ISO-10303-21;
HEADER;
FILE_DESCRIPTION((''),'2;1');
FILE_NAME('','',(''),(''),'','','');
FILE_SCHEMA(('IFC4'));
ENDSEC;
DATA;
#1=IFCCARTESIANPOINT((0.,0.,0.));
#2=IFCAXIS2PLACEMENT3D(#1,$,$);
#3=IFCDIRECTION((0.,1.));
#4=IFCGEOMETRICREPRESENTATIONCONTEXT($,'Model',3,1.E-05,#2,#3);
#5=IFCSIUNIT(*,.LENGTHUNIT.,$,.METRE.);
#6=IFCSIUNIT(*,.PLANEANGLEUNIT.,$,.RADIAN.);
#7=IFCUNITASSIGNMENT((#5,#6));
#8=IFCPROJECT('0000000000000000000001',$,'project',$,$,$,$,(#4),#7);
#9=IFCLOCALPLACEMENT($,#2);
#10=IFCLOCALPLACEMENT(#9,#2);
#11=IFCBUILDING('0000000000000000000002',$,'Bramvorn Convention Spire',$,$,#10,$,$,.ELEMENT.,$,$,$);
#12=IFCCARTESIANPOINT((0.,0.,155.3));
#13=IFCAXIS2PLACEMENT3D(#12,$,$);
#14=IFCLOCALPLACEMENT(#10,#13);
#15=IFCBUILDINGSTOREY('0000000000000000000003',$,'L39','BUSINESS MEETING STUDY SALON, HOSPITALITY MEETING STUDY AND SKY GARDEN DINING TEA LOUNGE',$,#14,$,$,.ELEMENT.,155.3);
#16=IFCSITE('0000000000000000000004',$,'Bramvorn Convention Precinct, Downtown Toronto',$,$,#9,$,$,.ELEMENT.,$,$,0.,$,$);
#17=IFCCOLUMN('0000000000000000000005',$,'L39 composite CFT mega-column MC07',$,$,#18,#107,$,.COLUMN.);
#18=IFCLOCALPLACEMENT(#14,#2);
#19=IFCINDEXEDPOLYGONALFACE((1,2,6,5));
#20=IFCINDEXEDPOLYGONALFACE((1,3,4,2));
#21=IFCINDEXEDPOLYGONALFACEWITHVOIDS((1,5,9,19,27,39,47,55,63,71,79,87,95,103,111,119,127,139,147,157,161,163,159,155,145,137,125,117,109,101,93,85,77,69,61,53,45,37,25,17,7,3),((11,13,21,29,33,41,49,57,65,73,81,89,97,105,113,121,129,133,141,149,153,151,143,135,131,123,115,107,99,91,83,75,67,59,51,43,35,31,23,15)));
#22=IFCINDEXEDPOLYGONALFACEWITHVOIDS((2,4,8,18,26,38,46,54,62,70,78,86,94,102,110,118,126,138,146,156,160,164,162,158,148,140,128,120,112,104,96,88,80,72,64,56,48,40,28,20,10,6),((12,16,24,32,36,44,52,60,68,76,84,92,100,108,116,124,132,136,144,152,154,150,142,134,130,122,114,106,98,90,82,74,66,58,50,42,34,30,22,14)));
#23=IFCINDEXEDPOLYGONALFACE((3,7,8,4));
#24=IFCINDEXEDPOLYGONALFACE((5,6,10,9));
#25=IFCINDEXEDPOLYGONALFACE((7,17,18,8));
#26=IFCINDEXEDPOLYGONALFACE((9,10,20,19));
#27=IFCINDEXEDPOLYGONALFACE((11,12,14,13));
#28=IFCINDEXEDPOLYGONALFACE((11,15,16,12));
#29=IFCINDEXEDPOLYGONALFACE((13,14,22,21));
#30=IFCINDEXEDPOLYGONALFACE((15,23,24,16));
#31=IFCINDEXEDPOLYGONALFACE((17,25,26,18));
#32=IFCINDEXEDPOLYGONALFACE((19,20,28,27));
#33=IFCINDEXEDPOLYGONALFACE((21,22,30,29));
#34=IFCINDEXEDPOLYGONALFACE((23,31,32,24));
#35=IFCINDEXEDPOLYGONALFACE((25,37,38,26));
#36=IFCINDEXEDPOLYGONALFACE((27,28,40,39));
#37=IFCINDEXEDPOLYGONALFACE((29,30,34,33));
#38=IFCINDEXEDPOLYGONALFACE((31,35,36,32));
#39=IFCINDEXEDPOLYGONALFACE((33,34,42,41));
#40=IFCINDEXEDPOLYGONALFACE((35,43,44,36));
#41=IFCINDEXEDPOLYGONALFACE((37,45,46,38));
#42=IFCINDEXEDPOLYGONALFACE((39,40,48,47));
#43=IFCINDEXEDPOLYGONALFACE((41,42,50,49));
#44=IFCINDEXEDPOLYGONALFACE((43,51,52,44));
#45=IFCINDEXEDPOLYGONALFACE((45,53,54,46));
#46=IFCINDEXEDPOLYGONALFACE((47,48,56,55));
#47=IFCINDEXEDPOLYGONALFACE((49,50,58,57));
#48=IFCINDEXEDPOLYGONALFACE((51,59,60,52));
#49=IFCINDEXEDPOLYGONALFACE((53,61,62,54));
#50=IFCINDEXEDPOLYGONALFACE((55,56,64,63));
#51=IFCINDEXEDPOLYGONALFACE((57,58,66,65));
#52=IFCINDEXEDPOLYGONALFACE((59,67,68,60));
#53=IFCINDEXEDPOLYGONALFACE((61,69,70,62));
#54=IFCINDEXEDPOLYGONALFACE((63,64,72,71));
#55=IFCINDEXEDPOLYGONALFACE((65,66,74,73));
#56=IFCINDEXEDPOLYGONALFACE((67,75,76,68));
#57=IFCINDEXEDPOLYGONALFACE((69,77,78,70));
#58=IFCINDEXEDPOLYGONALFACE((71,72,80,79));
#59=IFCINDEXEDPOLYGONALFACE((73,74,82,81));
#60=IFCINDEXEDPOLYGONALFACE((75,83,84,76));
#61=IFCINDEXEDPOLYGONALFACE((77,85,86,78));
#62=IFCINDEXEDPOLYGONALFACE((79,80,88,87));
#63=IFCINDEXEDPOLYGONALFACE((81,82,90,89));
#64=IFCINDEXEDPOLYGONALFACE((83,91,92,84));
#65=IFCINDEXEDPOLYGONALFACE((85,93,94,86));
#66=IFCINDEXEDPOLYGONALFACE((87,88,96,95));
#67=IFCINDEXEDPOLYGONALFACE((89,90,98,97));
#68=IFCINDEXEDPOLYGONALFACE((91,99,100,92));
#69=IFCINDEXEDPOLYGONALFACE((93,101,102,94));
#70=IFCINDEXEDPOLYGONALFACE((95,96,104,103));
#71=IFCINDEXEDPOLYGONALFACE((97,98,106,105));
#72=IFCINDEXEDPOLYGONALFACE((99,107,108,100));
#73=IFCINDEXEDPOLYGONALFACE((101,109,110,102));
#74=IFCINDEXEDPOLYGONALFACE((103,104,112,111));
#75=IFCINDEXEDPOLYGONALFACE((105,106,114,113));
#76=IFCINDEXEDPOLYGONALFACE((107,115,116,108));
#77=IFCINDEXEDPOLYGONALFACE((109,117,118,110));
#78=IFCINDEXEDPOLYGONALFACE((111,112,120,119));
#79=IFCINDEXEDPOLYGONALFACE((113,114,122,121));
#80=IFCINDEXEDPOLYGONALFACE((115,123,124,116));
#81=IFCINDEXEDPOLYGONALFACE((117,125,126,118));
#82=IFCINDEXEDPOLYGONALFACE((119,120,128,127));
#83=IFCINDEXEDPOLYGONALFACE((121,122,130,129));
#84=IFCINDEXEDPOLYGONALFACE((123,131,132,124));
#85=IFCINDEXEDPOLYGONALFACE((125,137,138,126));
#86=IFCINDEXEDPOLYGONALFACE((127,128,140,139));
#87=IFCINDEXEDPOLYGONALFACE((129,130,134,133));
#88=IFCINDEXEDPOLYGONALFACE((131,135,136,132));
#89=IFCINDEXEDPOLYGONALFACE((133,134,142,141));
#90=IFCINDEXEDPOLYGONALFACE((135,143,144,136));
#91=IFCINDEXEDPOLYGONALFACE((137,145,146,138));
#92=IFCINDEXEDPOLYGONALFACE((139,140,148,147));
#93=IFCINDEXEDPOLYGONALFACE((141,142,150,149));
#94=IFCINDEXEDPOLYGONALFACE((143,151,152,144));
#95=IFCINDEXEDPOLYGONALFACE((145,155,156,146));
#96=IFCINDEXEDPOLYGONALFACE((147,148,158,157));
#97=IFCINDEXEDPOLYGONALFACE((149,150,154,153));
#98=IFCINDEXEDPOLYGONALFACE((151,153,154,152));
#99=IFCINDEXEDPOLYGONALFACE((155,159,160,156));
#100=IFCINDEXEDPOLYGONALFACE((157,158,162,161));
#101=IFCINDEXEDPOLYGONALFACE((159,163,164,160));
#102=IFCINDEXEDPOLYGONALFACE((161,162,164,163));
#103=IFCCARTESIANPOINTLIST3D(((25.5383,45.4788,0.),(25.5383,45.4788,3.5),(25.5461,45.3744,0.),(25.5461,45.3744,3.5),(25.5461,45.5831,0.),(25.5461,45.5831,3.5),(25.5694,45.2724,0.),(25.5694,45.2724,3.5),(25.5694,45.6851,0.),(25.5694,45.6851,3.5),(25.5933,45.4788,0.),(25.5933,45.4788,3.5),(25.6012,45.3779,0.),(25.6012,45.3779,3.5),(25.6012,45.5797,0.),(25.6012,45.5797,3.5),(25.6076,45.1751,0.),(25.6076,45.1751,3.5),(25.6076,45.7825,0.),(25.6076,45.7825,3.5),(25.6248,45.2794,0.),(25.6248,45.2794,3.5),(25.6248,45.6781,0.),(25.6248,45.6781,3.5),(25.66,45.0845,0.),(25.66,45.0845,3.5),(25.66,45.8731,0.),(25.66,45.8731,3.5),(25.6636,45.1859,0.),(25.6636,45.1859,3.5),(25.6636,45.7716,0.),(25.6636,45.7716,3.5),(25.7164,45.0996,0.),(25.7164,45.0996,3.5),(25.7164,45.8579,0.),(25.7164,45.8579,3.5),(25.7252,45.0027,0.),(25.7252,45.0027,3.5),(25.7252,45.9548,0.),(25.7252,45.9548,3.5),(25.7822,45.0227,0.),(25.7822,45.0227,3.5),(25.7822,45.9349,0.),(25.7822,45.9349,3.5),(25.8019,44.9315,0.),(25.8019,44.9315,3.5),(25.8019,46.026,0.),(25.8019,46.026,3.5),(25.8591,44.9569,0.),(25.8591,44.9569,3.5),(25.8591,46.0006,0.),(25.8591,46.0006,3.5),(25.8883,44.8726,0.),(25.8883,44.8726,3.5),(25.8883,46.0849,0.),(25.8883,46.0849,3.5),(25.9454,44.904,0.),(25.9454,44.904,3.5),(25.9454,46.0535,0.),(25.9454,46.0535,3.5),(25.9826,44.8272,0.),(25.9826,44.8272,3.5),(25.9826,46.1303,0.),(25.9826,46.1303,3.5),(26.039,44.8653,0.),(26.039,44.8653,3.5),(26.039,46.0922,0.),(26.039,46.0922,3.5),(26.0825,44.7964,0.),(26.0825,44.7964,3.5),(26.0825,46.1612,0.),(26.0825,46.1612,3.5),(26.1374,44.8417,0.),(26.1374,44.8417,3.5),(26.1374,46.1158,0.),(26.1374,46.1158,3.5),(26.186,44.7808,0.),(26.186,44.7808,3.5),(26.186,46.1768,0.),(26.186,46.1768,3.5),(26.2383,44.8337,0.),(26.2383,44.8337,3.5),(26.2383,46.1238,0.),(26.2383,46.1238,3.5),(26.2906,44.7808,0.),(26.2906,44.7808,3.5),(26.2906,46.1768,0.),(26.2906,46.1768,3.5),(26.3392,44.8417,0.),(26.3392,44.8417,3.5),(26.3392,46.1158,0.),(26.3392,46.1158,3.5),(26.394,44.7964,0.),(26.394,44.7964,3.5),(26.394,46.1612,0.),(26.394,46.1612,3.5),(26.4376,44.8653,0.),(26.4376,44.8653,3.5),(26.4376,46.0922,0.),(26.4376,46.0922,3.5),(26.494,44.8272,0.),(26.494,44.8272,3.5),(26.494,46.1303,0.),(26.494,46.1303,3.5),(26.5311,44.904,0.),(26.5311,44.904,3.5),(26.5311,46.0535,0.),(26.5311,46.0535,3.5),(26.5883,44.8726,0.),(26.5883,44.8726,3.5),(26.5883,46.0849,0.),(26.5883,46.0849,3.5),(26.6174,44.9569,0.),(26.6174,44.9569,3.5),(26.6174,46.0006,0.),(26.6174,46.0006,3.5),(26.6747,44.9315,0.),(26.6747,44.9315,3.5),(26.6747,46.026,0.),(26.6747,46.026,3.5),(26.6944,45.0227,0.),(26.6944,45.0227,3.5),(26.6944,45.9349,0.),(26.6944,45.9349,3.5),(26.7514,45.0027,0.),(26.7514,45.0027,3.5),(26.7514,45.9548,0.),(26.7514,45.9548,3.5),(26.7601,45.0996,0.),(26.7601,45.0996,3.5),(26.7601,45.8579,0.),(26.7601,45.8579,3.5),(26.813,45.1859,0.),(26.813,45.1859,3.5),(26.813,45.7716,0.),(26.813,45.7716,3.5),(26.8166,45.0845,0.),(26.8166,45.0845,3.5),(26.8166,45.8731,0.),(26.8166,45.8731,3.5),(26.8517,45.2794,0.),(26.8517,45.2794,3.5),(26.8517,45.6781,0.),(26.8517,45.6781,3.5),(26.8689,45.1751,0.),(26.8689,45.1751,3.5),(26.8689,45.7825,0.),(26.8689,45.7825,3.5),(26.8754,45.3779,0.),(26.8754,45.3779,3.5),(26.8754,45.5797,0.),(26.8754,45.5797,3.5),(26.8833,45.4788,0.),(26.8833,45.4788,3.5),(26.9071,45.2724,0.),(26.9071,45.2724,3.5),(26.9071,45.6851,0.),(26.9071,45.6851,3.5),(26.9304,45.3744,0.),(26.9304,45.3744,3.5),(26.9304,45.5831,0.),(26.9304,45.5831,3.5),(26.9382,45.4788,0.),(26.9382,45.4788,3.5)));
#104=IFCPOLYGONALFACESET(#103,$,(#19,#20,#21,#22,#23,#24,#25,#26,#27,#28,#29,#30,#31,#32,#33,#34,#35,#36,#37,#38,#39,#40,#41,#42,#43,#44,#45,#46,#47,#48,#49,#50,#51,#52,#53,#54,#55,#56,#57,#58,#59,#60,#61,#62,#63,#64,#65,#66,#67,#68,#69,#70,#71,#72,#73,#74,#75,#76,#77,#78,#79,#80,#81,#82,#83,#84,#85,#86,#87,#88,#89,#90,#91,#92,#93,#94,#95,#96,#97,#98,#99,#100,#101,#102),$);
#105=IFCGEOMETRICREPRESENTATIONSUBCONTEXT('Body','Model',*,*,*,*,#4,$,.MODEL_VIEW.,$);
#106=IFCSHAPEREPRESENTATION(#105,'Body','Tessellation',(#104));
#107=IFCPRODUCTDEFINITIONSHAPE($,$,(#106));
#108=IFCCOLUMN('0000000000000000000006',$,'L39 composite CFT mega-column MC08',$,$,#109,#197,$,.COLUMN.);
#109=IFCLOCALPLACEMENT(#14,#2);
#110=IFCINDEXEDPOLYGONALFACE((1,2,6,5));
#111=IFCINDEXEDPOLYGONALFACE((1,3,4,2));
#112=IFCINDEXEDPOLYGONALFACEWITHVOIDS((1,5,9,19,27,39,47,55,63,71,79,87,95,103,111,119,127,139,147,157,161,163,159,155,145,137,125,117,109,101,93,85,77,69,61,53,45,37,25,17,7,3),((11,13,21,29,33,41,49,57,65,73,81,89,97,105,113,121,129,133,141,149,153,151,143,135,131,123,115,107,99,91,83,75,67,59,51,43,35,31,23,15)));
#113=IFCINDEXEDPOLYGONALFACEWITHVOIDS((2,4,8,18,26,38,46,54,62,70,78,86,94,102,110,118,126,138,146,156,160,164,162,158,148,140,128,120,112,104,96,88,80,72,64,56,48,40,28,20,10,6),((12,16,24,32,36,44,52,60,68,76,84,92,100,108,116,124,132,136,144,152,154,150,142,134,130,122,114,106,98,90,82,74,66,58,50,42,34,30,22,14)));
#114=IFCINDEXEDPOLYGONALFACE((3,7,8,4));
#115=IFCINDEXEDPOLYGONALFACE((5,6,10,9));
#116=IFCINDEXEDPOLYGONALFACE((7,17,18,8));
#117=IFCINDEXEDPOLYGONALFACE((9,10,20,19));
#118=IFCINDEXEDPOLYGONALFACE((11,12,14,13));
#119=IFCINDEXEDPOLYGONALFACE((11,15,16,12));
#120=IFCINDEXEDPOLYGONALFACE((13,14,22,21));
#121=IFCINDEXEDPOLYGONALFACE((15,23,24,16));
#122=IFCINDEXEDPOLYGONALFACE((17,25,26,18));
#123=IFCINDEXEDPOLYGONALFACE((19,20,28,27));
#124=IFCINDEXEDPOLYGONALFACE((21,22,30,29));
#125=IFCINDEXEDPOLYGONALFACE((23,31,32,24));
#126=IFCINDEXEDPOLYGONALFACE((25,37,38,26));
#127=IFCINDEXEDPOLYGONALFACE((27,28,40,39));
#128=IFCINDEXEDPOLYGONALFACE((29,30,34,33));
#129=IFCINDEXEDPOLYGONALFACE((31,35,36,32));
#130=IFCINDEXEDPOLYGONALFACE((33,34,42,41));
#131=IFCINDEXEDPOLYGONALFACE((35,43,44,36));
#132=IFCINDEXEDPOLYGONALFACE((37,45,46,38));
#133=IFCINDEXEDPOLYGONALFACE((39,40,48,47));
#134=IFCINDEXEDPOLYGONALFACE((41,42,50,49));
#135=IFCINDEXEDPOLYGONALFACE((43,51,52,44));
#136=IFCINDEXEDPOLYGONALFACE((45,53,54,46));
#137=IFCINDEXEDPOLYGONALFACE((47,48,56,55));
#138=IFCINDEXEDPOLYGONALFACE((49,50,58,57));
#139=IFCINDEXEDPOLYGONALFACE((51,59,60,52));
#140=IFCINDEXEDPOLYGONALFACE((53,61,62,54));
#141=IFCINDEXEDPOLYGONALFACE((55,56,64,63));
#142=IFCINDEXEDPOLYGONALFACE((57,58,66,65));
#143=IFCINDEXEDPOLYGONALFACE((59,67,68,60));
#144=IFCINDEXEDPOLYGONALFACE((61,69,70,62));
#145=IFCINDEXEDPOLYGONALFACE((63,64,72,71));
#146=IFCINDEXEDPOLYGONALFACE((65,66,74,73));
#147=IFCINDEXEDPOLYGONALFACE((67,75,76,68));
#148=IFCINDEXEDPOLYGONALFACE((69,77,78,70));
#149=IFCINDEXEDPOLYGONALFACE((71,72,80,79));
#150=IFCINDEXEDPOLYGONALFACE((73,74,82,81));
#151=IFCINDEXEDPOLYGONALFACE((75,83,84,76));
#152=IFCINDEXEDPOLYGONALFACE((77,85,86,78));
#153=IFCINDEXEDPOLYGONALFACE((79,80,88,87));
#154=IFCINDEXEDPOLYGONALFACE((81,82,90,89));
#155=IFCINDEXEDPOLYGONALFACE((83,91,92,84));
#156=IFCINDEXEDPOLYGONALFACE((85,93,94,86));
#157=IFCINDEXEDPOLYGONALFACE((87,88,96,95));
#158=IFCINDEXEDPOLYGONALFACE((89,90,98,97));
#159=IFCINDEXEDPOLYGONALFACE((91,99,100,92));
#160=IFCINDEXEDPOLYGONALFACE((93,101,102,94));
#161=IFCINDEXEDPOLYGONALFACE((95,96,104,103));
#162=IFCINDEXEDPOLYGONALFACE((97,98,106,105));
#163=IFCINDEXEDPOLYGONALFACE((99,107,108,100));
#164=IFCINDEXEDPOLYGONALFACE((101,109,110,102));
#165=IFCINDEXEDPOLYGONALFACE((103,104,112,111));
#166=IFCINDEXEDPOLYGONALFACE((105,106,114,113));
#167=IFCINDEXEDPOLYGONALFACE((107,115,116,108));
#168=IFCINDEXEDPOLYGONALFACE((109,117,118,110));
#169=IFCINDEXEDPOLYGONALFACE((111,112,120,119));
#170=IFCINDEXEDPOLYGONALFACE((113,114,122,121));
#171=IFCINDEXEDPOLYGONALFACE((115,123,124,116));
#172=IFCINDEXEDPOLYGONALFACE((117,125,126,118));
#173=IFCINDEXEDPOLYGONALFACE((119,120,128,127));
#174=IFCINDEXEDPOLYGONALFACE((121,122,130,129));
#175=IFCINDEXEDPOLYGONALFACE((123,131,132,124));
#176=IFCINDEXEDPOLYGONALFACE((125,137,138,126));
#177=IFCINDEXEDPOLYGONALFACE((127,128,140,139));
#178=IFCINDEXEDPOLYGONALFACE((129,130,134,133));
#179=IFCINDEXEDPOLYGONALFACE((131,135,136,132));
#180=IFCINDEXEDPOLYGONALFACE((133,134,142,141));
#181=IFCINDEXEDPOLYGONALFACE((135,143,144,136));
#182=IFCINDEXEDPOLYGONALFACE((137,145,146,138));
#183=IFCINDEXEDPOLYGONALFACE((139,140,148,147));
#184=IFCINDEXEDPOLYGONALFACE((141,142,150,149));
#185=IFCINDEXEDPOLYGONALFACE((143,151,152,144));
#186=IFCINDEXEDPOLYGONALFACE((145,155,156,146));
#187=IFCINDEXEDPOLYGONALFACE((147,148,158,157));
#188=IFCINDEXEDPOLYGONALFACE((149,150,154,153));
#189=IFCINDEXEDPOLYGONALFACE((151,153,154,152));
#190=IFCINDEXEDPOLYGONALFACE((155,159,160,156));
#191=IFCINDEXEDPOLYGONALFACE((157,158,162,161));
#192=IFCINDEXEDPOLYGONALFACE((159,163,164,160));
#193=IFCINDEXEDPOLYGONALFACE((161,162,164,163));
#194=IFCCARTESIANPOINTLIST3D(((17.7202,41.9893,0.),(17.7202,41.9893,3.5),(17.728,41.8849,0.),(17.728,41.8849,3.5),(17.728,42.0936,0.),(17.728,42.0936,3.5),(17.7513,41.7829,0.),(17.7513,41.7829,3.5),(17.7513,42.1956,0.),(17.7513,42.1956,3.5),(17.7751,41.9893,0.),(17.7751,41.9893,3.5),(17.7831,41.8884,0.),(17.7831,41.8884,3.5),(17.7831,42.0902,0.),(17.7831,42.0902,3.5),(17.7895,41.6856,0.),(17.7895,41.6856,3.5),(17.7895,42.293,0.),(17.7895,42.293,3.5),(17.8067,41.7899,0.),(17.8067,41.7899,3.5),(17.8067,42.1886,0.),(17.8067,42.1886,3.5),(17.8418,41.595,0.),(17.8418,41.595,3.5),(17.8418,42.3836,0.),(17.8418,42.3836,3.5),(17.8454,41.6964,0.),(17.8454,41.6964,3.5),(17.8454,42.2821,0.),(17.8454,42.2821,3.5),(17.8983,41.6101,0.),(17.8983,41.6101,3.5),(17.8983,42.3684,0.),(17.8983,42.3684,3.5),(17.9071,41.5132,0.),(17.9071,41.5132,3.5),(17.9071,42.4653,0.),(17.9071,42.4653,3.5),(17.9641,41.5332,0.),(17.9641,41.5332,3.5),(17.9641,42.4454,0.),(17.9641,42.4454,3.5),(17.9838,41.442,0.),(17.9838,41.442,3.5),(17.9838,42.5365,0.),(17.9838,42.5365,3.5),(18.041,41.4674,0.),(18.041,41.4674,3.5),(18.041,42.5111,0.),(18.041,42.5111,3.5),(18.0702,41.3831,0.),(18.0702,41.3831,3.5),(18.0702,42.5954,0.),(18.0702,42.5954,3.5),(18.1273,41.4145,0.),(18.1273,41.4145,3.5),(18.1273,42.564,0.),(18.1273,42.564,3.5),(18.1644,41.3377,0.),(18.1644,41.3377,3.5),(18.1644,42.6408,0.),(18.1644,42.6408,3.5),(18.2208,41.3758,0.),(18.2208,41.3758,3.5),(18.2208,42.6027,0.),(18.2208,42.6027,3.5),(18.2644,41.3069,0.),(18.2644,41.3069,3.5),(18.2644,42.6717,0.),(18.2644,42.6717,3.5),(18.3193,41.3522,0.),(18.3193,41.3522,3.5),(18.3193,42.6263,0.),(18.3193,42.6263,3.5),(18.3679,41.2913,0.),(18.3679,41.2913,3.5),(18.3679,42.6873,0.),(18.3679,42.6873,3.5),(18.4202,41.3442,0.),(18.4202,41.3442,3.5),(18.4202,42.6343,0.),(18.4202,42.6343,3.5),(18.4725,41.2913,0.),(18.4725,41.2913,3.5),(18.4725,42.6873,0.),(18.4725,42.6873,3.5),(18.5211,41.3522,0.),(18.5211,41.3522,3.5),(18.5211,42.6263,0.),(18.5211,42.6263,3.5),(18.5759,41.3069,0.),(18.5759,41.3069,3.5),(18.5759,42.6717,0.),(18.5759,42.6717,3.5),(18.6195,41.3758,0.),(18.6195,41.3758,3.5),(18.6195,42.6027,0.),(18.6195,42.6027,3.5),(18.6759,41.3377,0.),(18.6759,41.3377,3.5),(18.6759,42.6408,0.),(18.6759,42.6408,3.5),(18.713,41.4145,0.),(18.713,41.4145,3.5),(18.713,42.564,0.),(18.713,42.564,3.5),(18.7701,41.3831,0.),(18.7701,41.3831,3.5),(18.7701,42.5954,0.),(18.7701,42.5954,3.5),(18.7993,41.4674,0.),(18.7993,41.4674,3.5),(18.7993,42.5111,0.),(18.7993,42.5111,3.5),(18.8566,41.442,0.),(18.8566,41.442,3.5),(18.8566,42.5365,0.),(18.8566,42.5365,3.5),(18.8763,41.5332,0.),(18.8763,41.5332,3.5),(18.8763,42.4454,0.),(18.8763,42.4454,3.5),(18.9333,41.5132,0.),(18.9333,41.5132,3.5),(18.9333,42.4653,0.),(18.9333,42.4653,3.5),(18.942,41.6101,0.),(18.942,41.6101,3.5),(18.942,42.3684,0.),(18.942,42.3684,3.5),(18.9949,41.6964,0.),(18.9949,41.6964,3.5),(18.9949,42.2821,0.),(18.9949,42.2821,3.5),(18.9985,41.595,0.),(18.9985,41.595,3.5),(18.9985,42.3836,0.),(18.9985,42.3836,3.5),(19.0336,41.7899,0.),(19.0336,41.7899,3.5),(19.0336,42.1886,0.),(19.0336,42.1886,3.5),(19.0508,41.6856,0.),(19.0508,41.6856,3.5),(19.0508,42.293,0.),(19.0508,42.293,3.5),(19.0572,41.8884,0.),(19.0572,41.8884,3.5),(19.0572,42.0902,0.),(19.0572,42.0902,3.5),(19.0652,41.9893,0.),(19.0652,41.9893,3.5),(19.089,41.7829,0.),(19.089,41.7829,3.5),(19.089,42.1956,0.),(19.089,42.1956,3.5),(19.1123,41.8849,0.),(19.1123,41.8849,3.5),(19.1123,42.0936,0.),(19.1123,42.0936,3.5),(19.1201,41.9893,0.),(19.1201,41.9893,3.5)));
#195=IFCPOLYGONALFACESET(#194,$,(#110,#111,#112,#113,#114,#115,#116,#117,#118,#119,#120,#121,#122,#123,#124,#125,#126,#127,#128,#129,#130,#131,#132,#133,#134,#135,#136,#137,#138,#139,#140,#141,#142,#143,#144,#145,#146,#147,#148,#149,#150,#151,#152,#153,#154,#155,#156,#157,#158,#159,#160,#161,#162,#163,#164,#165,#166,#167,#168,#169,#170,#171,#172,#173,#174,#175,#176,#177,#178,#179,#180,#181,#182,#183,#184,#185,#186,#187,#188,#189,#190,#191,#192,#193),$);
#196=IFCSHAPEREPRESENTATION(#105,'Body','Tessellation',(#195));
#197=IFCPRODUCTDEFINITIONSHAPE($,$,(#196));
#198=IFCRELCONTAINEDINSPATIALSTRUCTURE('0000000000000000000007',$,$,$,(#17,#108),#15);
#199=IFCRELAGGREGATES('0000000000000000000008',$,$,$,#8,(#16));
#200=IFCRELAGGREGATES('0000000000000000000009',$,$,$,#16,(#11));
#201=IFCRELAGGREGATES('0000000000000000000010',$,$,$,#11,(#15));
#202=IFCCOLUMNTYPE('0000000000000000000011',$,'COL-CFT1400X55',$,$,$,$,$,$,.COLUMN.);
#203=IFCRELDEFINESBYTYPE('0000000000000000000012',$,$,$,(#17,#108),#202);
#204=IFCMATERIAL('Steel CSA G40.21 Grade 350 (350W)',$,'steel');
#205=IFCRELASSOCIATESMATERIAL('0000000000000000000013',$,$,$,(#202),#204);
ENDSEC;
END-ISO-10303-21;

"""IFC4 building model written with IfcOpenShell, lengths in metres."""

from ifc_helpers import new_model, si_unit, direction, frame, origin, origin_2d, place, context, subcontext, project, spatial, hollow_circle, extrude, material, material_profile, profile_set, type_object, element, save


model = new_model("IFC4")

# Units and contexts
model_context = context("Model", 3, precision=1e-05, world=origin(), true_north=direction((0.0, 1.0)))
body_context = subcontext(model_context, "Body", "Model", "MODEL_VIEW")
ifc_project = project(units=[si_unit("LENGTHUNIT", "METRE"), si_unit("PLANEANGLEUNIT", "RADIAN")], contexts=[model_context])

# Site, building, storey
site_placement = place(None, origin())
site = spatial("IfcSite", under=ifc_project, at=site_placement, Name="Bramvorn Convention Precinct, Downtown Toronto", CompositionType="ELEMENT", RefElevation=0.0)
building_placement = place(site_placement, origin())
building = spatial("IfcBuilding", under=site, at=building_placement, Name="Bramvorn Convention Spire", CompositionType="ELEMENT")
storey_placement = place(building_placement, frame((0.0, 0.0, 155.3)))
storey = spatial("IfcBuildingStorey", under=building, at=storey_placement, Name="L39", Description="BUSINESS MEETING STUDY SALON, HOSPITALITY MEETING STUDY AND SKY GARDEN DINING TEA LOUNGE", CompositionType="ELEMENT", Elevation=155.3)

# Columns
ifc_material_1 = material(Name="Steel CSA G40.21 Grade 350 (350W)", Category="steel")
ifc_material_profile_1 = material_profile(ifc_material_1, hollow_circle(Radius=0.7, WallThickness=0.0549, at=origin_2d()))
ifc_profile_set_1 = profile_set([ifc_material_profile_1], Name="Steel CSA G40.21 Grade 350 (350W) - CFT1400X55")
column_type = type_object("IfcColumnType", Name="COL-CFT1400X55", PredefinedType="COLUMN", material=ifc_profile_set_1)
for number, where, z_axis, x_axis, name in (
    (1, (26.2383, 45.4788, 0.0), (0.0, 0.0, 1.0), (1.0, 0.0, 0.0), "L39 composite CFT mega-column MC07"),
    (2, (18.4202, 41.9893, 0.0), (0.0, 0.0, 1.0), (1.0, 0.0, 0.0), "L39 composite CFT mega-column MC08"),
):
    element("IfcColumn", number, at=place(storey_placement, frame(where, z_axis=z_axis, x_axis=x_axis)), inside=storey, type_object=column_type, Name=name, PredefinedType="COLUMN", context=body_context, shape_type="SweptSolid", body=[
        extrude(hollow_circle(Radius=0.7, WallThickness=0.0549, at=origin_2d()), origin(), (0.0, 0.0, 1.0), 3.5),
    ])

save(model, "model.ifc")
